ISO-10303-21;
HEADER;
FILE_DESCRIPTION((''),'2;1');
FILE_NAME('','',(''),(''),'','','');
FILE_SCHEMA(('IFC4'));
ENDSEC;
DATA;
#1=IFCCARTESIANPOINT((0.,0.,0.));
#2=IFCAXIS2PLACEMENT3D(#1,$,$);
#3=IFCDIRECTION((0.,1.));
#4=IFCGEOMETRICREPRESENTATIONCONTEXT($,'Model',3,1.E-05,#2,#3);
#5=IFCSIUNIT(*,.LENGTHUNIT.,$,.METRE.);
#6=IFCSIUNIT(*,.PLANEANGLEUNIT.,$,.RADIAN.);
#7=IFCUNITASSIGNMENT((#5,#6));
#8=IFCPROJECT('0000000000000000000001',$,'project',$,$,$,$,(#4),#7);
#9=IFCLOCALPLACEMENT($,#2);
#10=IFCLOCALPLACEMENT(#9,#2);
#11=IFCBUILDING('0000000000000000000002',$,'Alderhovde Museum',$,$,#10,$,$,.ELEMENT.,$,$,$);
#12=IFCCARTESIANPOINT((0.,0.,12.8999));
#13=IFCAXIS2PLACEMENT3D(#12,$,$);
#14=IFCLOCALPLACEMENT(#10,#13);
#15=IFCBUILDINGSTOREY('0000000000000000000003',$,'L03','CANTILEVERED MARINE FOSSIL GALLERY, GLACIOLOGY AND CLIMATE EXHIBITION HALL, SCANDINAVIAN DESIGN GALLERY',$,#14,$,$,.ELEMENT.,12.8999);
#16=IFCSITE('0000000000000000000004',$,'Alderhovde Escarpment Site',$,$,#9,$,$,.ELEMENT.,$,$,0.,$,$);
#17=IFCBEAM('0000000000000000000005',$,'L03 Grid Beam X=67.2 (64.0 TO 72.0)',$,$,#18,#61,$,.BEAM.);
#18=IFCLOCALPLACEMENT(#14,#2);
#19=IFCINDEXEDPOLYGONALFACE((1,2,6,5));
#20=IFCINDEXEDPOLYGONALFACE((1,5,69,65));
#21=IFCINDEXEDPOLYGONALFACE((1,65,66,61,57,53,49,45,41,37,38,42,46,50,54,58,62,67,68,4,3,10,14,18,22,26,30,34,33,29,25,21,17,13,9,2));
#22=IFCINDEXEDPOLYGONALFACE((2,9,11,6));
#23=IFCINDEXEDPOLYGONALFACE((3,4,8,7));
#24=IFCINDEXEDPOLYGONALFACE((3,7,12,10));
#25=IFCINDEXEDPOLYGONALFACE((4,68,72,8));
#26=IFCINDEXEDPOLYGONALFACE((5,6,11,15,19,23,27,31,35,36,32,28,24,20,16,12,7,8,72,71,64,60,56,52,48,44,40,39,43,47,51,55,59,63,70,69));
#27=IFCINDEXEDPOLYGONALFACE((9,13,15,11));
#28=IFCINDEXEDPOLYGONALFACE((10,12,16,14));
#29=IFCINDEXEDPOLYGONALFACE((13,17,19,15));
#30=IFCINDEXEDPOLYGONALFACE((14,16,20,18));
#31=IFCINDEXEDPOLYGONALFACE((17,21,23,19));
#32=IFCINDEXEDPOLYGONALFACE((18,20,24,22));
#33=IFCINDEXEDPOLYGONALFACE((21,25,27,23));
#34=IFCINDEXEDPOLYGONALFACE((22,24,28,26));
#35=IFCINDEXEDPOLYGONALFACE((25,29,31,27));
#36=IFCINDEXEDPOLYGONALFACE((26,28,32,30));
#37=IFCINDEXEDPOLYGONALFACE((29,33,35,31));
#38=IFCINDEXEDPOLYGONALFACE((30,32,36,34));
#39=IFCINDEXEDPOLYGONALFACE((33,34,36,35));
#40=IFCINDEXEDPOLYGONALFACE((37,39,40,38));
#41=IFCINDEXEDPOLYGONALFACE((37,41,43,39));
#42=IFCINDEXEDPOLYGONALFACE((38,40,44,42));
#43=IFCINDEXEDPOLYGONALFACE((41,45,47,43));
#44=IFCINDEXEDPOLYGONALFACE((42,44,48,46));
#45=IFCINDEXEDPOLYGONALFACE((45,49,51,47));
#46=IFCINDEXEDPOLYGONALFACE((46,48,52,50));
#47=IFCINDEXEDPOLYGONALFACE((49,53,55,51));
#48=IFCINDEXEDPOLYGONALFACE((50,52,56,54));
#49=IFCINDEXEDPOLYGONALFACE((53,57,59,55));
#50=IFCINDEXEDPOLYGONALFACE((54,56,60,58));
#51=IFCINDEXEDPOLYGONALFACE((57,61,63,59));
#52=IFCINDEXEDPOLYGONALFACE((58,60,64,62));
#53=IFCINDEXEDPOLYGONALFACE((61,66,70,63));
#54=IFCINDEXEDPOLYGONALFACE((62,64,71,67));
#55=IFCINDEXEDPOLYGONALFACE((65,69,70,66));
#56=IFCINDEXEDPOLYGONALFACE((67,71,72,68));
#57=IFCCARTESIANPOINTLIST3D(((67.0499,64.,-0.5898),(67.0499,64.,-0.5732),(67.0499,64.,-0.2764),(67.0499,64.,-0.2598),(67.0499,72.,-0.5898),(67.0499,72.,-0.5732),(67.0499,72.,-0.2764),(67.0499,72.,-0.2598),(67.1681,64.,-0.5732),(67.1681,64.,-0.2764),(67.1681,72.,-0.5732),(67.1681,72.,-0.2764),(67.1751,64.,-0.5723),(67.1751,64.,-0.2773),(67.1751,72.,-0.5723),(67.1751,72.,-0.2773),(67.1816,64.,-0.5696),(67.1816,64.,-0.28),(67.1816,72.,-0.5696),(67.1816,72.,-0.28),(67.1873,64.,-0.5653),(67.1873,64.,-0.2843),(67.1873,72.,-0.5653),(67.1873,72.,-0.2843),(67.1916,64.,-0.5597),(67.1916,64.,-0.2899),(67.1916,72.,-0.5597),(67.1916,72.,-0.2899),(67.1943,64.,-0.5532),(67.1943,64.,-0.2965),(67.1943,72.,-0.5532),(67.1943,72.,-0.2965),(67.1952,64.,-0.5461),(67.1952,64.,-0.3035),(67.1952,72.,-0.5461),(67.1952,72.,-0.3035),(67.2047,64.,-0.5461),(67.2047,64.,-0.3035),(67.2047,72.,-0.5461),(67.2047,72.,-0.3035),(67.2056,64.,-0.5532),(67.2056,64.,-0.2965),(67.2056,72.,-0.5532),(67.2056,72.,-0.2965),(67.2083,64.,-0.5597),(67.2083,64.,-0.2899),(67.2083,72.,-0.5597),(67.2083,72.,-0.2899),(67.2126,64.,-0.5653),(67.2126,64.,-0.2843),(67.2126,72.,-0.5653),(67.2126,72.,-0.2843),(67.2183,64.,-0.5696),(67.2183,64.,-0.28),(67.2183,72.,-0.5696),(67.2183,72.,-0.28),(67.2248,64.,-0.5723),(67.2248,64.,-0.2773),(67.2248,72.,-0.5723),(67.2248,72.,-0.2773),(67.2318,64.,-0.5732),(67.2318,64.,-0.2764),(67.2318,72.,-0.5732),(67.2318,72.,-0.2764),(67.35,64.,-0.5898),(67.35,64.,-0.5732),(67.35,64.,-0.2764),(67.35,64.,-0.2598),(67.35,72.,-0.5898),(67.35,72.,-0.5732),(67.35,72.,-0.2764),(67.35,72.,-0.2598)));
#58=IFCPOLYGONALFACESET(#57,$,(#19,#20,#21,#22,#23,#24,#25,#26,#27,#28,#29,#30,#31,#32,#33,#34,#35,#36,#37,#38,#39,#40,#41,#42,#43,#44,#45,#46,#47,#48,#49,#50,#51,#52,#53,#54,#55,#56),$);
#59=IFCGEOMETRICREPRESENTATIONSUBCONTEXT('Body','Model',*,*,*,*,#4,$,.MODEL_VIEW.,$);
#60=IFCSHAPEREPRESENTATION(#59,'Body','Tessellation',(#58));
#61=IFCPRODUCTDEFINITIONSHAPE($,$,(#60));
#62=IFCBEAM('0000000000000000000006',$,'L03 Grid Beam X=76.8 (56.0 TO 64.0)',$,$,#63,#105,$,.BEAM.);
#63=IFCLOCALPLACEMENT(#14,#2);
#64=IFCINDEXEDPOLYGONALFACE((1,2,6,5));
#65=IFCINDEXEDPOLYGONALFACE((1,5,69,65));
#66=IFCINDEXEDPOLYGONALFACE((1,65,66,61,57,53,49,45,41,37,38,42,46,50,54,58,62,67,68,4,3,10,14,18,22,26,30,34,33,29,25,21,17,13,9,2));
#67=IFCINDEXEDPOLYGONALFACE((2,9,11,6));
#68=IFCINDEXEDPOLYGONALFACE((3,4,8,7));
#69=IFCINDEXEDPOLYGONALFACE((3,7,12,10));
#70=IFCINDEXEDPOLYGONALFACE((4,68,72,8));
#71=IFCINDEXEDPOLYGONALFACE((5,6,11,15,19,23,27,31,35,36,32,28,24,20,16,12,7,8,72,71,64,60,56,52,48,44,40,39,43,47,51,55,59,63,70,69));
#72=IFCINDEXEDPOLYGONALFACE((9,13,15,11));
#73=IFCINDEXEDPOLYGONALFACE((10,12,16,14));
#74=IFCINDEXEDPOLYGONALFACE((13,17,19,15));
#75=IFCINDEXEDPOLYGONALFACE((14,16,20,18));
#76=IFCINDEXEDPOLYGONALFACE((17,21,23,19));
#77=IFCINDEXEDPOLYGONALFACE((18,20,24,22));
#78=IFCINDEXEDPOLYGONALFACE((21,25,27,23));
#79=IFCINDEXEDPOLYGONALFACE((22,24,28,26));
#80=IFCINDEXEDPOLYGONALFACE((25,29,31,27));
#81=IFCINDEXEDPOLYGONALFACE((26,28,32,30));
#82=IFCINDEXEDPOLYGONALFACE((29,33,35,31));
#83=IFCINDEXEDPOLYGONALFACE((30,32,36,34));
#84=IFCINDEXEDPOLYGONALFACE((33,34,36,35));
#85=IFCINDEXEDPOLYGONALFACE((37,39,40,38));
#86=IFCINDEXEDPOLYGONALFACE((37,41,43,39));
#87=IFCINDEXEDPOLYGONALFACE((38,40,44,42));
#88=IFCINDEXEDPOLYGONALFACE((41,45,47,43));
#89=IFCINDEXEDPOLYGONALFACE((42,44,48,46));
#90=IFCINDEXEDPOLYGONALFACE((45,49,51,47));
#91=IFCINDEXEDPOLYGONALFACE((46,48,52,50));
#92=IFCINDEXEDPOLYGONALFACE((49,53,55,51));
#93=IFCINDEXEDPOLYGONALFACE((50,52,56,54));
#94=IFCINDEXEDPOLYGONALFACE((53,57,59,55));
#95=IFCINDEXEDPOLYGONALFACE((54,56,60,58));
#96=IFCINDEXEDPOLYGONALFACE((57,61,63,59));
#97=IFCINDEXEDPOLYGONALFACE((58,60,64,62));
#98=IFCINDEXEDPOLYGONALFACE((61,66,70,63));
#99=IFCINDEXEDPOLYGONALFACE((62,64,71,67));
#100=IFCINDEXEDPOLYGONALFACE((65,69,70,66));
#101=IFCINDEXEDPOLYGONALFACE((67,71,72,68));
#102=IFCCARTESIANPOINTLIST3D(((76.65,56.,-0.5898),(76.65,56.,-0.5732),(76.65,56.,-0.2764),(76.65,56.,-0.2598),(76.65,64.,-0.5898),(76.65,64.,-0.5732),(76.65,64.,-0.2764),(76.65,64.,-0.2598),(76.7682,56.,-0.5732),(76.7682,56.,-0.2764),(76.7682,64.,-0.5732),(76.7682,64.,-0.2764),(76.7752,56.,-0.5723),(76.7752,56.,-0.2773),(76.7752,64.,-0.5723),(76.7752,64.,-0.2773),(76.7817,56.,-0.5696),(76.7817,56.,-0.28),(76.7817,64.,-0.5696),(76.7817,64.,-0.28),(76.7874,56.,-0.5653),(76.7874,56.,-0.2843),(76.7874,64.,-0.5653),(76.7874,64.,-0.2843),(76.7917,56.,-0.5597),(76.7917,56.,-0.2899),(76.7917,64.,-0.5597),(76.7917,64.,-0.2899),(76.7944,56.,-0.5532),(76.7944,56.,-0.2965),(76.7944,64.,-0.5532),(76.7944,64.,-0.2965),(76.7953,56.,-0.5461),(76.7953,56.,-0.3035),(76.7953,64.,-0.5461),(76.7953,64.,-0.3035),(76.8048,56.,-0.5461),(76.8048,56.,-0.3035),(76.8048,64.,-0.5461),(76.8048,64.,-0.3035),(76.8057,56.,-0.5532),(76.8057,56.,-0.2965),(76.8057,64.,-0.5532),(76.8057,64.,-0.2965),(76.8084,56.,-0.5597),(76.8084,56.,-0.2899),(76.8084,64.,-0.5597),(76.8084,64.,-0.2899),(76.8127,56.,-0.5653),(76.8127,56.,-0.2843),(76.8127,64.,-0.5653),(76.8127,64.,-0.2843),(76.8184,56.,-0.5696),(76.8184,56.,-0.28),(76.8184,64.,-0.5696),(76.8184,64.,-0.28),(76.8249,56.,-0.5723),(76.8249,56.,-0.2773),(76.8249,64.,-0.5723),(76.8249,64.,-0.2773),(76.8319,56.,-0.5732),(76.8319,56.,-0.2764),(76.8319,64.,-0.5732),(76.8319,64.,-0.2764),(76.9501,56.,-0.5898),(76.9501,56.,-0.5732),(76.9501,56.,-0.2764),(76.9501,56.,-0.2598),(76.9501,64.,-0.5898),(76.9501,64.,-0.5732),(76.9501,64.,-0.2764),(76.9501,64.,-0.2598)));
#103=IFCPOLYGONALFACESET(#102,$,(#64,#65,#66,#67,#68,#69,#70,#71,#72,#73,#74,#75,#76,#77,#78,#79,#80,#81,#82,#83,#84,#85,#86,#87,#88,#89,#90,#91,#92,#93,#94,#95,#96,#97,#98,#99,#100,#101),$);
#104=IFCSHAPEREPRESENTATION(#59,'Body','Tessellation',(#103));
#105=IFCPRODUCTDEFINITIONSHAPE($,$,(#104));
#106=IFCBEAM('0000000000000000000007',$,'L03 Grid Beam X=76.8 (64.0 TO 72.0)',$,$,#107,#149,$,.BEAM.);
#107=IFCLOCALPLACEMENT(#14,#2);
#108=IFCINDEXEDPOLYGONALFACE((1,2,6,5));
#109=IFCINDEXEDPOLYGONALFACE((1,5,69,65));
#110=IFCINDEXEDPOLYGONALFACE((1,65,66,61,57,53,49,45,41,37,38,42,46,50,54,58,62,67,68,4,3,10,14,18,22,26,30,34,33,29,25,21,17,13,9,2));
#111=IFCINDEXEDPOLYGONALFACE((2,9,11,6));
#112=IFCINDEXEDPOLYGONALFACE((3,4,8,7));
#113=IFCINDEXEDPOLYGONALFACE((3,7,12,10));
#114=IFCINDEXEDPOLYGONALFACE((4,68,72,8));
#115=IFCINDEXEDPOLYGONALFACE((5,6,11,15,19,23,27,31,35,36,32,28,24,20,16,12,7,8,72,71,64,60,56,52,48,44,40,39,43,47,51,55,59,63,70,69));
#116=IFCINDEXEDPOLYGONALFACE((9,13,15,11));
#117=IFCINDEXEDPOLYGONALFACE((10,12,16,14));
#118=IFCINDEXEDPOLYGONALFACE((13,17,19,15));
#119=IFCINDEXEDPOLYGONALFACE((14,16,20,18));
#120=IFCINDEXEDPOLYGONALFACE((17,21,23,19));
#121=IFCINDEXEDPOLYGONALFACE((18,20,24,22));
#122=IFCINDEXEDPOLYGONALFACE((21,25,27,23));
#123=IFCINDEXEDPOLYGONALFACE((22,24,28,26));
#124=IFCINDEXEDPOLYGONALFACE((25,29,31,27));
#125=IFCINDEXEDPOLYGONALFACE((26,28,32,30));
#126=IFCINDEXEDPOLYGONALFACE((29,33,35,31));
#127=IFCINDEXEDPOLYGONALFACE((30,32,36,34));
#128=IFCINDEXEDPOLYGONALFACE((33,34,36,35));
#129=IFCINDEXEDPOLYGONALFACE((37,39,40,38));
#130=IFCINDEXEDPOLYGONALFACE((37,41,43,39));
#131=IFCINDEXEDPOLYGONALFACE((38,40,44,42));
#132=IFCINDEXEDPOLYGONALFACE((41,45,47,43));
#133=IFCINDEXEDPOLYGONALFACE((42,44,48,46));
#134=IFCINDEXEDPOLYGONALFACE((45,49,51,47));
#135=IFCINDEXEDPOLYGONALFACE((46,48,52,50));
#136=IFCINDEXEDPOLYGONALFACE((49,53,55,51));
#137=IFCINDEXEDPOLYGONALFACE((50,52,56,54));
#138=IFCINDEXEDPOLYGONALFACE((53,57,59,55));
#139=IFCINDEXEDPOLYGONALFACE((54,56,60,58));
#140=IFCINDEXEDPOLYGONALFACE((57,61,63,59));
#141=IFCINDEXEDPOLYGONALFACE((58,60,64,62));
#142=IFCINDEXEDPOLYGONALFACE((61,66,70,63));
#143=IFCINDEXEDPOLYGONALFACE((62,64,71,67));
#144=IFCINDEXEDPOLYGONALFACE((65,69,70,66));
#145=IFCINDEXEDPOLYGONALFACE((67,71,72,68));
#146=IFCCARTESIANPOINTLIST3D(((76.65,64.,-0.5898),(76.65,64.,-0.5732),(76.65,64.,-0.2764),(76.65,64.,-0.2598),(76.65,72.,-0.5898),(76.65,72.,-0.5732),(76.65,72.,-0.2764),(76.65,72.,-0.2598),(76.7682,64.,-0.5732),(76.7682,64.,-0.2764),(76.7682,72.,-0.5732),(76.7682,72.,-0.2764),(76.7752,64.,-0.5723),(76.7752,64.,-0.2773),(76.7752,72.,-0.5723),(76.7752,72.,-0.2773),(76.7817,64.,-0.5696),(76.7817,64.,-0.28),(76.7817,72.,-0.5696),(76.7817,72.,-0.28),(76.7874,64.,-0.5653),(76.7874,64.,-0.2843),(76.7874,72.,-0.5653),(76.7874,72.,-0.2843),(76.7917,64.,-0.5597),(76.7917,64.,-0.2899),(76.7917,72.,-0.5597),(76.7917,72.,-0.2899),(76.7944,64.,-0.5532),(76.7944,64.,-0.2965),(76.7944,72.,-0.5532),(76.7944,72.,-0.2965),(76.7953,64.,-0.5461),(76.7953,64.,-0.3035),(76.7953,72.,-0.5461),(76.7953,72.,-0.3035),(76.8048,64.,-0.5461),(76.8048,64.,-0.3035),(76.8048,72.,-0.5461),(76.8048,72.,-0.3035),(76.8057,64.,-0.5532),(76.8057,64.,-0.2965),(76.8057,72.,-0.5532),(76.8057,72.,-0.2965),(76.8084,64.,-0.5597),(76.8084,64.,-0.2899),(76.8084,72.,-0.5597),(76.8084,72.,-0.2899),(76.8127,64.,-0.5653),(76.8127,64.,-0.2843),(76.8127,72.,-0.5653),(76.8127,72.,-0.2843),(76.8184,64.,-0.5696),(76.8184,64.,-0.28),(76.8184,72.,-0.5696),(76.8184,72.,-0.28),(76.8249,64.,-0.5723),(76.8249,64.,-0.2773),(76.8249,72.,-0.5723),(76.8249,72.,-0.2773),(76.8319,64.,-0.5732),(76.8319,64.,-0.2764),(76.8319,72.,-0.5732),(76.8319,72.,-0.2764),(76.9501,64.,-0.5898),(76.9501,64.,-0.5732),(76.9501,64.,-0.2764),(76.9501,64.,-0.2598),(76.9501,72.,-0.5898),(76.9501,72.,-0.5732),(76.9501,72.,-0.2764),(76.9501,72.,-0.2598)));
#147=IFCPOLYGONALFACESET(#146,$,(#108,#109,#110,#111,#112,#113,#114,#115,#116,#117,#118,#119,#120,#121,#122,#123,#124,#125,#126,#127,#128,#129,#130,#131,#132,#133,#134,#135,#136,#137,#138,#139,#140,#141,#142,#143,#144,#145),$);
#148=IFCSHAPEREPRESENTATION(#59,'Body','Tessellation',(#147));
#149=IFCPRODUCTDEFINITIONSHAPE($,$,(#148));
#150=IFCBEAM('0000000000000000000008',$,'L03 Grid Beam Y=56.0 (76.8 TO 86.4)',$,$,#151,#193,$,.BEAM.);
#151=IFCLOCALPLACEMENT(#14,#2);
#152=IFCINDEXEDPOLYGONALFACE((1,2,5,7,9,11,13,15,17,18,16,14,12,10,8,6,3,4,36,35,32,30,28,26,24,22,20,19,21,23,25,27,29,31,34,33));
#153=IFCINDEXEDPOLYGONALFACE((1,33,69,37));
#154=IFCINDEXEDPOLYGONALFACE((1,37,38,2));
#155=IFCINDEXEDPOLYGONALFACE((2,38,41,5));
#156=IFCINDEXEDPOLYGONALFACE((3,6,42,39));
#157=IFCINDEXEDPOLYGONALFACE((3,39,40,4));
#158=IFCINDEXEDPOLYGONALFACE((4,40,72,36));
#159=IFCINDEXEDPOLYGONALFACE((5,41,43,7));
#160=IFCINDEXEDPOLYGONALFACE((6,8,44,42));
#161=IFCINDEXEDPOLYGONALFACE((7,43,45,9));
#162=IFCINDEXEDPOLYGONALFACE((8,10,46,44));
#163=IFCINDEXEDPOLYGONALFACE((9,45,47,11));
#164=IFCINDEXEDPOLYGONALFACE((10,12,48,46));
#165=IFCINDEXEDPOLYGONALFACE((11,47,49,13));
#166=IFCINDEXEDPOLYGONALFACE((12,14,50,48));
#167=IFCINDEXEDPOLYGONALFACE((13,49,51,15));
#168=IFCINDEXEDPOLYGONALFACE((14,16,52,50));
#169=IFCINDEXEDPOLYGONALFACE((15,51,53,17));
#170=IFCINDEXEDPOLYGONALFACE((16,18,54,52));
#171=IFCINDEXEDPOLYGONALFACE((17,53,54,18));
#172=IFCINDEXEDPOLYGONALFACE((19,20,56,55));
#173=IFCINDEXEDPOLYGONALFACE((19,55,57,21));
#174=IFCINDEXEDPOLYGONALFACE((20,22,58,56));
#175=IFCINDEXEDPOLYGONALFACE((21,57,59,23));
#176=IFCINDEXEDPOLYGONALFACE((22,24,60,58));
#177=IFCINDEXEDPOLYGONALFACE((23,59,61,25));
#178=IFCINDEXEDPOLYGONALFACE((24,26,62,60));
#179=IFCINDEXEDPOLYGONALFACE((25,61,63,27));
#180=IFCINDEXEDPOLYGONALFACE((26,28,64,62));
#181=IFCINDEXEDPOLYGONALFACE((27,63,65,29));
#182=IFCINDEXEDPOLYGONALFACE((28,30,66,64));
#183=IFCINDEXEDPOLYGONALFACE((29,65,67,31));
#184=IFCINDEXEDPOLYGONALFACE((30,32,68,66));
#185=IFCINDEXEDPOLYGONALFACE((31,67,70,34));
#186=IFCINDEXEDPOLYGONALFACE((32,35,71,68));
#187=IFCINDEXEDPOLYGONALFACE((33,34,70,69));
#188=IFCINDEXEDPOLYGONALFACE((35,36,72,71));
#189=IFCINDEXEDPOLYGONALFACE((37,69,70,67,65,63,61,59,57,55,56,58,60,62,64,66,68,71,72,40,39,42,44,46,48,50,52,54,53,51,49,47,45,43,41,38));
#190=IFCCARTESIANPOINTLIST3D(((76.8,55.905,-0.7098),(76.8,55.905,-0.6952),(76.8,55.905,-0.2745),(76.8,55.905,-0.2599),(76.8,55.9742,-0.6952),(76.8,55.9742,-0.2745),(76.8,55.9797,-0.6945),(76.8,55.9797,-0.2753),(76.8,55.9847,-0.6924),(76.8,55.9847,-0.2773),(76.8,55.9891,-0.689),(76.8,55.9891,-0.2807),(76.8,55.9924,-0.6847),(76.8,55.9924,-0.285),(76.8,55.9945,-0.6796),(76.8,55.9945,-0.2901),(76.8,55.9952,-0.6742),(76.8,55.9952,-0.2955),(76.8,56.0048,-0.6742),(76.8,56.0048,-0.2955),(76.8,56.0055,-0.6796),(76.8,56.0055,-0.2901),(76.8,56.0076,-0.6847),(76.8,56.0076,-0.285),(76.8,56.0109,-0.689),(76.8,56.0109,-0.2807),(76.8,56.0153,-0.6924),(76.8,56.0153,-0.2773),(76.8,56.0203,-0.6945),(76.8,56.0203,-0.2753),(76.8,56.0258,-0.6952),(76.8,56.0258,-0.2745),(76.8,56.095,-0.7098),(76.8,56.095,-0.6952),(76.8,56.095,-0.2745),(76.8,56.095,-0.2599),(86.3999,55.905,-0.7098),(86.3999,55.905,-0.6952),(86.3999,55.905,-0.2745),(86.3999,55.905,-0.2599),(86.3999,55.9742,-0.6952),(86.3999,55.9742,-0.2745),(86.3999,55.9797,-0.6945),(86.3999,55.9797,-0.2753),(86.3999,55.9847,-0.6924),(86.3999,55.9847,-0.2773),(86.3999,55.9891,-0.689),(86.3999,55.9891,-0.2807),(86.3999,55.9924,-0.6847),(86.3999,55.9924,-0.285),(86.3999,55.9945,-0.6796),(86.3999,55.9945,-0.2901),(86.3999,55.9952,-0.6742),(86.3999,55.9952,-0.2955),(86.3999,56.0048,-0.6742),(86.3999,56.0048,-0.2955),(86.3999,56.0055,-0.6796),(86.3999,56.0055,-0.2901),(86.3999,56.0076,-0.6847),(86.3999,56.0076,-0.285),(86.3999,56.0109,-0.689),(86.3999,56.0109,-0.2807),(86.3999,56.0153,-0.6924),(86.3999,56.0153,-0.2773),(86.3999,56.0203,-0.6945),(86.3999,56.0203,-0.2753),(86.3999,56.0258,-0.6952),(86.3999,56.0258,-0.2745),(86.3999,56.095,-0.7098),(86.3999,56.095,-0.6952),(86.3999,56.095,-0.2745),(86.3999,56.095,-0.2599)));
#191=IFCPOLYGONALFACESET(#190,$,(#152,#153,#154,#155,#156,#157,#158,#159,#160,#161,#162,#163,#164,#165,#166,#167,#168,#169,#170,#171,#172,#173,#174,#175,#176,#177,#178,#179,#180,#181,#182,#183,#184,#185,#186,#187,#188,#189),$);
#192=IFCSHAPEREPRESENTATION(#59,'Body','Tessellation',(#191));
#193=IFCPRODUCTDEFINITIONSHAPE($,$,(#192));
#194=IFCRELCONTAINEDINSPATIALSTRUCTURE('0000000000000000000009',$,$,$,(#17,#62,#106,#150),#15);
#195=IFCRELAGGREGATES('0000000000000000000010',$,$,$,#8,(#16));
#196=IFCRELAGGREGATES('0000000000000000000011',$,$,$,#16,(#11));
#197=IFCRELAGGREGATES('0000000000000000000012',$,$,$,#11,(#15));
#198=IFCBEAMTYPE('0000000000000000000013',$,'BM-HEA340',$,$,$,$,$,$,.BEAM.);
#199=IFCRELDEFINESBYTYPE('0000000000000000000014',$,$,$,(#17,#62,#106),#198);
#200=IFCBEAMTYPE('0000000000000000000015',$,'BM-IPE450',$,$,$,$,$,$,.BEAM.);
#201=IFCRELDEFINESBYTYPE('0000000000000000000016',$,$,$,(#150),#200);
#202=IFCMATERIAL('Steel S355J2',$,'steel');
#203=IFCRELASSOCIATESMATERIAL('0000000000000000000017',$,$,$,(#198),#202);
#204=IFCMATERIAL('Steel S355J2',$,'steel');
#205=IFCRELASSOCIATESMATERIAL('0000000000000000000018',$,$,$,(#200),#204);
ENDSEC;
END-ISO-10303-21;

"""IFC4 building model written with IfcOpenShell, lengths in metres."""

from ifc_helpers import new_model, si_unit, direction, frame, origin, origin_2d, place, context, subcontext, project, spatial, i_section, extrude, material, material_profile, profile_set, type_object, element, save


model = new_model("IFC4")

# Units and contexts
model_context = context("Model", 3, precision=1e-05, world=origin(), true_north=direction((0.0, 1.0)))
body_context = subcontext(model_context, "Body", "Model", "MODEL_VIEW")
ifc_project = project(units=[si_unit("LENGTHUNIT", "METRE"), si_unit("PLANEANGLEUNIT", "RADIAN")], contexts=[model_context])

# Site, building, storey
site_placement = place(None, origin())
site = spatial("IfcSite", under=ifc_project, at=site_placement, Name="Alderhovde Escarpment Site", CompositionType="ELEMENT", RefElevation=0.0)
building_placement = place(site_placement, origin())
building = spatial("IfcBuilding", under=site, at=building_placement, Name="Alderhovde Museum", CompositionType="ELEMENT")
storey_placement = place(building_placement, frame((0.0, 0.0, 12.8999)))
storey = spatial("IfcBuildingStorey", under=building, at=storey_placement, Name="L03", Description="CANTILEVERED MARINE FOSSIL GALLERY, GLACIOLOGY AND CLIMATE EXHIBITION HALL, SCANDINAVIAN DESIGN GALLERY", CompositionType="ELEMENT", Elevation=12.8999)

# Beams
ifc_material_1 = material(Name="Steel S355J2", Category="steel")
ifc_material_profile_1 = material_profile(ifc_material_1, i_section(OverallWidth=0.3, OverallDepth=0.3301, WebThickness=0.0095, FlangeThickness=0.0166, FilletRadius=0.0271, at=origin_2d()), Name="HEA 340")
ifc_profile_set_1 = profile_set([ifc_material_profile_1], Name="Steel S355J2")
beam_type_1 = type_object("IfcBeamType", Name="BM-HEA340", PredefinedType="BEAM", material=ifc_profile_set_1)
for number, where, z_axis, x_axis, name in (
    (1, (67.2, 64.0, -0.4248), (0.0, 1.0, 0.0), (-1.0, 0.0, 0.0), "L03 Grid Beam X=67.2 (64.0 TO 72.0)"),
    (2, (76.8, 56.0, -0.4248), (0.0, 1.0, 0.0), (-1.0, 0.0, 0.0), "L03 Grid Beam X=76.8 (56.0 TO 64.0)"),
    (3, (76.8, 64.0, -0.4248), (0.0, 1.0, 0.0), (-1.0, 0.0, 0.0), "L03 Grid Beam X=76.8 (64.0 TO 72.0)"),
):
    element("IfcBeam", number, at=place(storey_placement, frame(where, z_axis=z_axis, x_axis=x_axis)), inside=storey, type_object=beam_type_1, Name=name, PredefinedType="BEAM", context=body_context, shape_type="SweptSolid", body=[
        extrude(i_section(OverallWidth=0.3, OverallDepth=0.3301, WebThickness=0.0095, FlangeThickness=0.0166, FilletRadius=0.0271, at=origin_2d()), origin(), (0.0, 0.0, 1.0), 8.0),
    ])
ifc_material_2 = material(Name="Steel S355J2", Category="steel")
ifc_material_profile_2 = material_profile(ifc_material_2, i_section(OverallWidth=0.1899, OverallDepth=0.45, WebThickness=0.0095, FlangeThickness=0.0146, FilletRadius=0.021, at=origin_2d()), Name="IPE 450")
ifc_profile_set_2 = profile_set([ifc_material_profile_2], Name="Steel S355J2")
beam_type_2 = type_object("IfcBeamType", Name="BM-IPE450", PredefinedType="BEAM", material=ifc_profile_set_2)
for number, where, z_axis, x_axis, name in (
    (4, (76.8, 56.0, -0.4849), (1.0, 0.0, 0.0), (0.0, 1.0, 0.0), "L03 Grid Beam Y=56.0 (76.8 TO 86.4)"),
):
    element("IfcBeam", number, at=place(storey_placement, frame(where, z_axis=z_axis, x_axis=x_axis)), inside=storey, type_object=beam_type_2, Name=name, PredefinedType="BEAM", context=body_context, shape_type="SweptSolid", body=[
        extrude(i_section(OverallWidth=0.1899, OverallDepth=0.45, WebThickness=0.0095, FlangeThickness=0.0146, FilletRadius=0.021, at=origin_2d()), origin(), (0.0, 0.0, 1.0), 9.5999),
    ])

save(model, "model.ifc")
